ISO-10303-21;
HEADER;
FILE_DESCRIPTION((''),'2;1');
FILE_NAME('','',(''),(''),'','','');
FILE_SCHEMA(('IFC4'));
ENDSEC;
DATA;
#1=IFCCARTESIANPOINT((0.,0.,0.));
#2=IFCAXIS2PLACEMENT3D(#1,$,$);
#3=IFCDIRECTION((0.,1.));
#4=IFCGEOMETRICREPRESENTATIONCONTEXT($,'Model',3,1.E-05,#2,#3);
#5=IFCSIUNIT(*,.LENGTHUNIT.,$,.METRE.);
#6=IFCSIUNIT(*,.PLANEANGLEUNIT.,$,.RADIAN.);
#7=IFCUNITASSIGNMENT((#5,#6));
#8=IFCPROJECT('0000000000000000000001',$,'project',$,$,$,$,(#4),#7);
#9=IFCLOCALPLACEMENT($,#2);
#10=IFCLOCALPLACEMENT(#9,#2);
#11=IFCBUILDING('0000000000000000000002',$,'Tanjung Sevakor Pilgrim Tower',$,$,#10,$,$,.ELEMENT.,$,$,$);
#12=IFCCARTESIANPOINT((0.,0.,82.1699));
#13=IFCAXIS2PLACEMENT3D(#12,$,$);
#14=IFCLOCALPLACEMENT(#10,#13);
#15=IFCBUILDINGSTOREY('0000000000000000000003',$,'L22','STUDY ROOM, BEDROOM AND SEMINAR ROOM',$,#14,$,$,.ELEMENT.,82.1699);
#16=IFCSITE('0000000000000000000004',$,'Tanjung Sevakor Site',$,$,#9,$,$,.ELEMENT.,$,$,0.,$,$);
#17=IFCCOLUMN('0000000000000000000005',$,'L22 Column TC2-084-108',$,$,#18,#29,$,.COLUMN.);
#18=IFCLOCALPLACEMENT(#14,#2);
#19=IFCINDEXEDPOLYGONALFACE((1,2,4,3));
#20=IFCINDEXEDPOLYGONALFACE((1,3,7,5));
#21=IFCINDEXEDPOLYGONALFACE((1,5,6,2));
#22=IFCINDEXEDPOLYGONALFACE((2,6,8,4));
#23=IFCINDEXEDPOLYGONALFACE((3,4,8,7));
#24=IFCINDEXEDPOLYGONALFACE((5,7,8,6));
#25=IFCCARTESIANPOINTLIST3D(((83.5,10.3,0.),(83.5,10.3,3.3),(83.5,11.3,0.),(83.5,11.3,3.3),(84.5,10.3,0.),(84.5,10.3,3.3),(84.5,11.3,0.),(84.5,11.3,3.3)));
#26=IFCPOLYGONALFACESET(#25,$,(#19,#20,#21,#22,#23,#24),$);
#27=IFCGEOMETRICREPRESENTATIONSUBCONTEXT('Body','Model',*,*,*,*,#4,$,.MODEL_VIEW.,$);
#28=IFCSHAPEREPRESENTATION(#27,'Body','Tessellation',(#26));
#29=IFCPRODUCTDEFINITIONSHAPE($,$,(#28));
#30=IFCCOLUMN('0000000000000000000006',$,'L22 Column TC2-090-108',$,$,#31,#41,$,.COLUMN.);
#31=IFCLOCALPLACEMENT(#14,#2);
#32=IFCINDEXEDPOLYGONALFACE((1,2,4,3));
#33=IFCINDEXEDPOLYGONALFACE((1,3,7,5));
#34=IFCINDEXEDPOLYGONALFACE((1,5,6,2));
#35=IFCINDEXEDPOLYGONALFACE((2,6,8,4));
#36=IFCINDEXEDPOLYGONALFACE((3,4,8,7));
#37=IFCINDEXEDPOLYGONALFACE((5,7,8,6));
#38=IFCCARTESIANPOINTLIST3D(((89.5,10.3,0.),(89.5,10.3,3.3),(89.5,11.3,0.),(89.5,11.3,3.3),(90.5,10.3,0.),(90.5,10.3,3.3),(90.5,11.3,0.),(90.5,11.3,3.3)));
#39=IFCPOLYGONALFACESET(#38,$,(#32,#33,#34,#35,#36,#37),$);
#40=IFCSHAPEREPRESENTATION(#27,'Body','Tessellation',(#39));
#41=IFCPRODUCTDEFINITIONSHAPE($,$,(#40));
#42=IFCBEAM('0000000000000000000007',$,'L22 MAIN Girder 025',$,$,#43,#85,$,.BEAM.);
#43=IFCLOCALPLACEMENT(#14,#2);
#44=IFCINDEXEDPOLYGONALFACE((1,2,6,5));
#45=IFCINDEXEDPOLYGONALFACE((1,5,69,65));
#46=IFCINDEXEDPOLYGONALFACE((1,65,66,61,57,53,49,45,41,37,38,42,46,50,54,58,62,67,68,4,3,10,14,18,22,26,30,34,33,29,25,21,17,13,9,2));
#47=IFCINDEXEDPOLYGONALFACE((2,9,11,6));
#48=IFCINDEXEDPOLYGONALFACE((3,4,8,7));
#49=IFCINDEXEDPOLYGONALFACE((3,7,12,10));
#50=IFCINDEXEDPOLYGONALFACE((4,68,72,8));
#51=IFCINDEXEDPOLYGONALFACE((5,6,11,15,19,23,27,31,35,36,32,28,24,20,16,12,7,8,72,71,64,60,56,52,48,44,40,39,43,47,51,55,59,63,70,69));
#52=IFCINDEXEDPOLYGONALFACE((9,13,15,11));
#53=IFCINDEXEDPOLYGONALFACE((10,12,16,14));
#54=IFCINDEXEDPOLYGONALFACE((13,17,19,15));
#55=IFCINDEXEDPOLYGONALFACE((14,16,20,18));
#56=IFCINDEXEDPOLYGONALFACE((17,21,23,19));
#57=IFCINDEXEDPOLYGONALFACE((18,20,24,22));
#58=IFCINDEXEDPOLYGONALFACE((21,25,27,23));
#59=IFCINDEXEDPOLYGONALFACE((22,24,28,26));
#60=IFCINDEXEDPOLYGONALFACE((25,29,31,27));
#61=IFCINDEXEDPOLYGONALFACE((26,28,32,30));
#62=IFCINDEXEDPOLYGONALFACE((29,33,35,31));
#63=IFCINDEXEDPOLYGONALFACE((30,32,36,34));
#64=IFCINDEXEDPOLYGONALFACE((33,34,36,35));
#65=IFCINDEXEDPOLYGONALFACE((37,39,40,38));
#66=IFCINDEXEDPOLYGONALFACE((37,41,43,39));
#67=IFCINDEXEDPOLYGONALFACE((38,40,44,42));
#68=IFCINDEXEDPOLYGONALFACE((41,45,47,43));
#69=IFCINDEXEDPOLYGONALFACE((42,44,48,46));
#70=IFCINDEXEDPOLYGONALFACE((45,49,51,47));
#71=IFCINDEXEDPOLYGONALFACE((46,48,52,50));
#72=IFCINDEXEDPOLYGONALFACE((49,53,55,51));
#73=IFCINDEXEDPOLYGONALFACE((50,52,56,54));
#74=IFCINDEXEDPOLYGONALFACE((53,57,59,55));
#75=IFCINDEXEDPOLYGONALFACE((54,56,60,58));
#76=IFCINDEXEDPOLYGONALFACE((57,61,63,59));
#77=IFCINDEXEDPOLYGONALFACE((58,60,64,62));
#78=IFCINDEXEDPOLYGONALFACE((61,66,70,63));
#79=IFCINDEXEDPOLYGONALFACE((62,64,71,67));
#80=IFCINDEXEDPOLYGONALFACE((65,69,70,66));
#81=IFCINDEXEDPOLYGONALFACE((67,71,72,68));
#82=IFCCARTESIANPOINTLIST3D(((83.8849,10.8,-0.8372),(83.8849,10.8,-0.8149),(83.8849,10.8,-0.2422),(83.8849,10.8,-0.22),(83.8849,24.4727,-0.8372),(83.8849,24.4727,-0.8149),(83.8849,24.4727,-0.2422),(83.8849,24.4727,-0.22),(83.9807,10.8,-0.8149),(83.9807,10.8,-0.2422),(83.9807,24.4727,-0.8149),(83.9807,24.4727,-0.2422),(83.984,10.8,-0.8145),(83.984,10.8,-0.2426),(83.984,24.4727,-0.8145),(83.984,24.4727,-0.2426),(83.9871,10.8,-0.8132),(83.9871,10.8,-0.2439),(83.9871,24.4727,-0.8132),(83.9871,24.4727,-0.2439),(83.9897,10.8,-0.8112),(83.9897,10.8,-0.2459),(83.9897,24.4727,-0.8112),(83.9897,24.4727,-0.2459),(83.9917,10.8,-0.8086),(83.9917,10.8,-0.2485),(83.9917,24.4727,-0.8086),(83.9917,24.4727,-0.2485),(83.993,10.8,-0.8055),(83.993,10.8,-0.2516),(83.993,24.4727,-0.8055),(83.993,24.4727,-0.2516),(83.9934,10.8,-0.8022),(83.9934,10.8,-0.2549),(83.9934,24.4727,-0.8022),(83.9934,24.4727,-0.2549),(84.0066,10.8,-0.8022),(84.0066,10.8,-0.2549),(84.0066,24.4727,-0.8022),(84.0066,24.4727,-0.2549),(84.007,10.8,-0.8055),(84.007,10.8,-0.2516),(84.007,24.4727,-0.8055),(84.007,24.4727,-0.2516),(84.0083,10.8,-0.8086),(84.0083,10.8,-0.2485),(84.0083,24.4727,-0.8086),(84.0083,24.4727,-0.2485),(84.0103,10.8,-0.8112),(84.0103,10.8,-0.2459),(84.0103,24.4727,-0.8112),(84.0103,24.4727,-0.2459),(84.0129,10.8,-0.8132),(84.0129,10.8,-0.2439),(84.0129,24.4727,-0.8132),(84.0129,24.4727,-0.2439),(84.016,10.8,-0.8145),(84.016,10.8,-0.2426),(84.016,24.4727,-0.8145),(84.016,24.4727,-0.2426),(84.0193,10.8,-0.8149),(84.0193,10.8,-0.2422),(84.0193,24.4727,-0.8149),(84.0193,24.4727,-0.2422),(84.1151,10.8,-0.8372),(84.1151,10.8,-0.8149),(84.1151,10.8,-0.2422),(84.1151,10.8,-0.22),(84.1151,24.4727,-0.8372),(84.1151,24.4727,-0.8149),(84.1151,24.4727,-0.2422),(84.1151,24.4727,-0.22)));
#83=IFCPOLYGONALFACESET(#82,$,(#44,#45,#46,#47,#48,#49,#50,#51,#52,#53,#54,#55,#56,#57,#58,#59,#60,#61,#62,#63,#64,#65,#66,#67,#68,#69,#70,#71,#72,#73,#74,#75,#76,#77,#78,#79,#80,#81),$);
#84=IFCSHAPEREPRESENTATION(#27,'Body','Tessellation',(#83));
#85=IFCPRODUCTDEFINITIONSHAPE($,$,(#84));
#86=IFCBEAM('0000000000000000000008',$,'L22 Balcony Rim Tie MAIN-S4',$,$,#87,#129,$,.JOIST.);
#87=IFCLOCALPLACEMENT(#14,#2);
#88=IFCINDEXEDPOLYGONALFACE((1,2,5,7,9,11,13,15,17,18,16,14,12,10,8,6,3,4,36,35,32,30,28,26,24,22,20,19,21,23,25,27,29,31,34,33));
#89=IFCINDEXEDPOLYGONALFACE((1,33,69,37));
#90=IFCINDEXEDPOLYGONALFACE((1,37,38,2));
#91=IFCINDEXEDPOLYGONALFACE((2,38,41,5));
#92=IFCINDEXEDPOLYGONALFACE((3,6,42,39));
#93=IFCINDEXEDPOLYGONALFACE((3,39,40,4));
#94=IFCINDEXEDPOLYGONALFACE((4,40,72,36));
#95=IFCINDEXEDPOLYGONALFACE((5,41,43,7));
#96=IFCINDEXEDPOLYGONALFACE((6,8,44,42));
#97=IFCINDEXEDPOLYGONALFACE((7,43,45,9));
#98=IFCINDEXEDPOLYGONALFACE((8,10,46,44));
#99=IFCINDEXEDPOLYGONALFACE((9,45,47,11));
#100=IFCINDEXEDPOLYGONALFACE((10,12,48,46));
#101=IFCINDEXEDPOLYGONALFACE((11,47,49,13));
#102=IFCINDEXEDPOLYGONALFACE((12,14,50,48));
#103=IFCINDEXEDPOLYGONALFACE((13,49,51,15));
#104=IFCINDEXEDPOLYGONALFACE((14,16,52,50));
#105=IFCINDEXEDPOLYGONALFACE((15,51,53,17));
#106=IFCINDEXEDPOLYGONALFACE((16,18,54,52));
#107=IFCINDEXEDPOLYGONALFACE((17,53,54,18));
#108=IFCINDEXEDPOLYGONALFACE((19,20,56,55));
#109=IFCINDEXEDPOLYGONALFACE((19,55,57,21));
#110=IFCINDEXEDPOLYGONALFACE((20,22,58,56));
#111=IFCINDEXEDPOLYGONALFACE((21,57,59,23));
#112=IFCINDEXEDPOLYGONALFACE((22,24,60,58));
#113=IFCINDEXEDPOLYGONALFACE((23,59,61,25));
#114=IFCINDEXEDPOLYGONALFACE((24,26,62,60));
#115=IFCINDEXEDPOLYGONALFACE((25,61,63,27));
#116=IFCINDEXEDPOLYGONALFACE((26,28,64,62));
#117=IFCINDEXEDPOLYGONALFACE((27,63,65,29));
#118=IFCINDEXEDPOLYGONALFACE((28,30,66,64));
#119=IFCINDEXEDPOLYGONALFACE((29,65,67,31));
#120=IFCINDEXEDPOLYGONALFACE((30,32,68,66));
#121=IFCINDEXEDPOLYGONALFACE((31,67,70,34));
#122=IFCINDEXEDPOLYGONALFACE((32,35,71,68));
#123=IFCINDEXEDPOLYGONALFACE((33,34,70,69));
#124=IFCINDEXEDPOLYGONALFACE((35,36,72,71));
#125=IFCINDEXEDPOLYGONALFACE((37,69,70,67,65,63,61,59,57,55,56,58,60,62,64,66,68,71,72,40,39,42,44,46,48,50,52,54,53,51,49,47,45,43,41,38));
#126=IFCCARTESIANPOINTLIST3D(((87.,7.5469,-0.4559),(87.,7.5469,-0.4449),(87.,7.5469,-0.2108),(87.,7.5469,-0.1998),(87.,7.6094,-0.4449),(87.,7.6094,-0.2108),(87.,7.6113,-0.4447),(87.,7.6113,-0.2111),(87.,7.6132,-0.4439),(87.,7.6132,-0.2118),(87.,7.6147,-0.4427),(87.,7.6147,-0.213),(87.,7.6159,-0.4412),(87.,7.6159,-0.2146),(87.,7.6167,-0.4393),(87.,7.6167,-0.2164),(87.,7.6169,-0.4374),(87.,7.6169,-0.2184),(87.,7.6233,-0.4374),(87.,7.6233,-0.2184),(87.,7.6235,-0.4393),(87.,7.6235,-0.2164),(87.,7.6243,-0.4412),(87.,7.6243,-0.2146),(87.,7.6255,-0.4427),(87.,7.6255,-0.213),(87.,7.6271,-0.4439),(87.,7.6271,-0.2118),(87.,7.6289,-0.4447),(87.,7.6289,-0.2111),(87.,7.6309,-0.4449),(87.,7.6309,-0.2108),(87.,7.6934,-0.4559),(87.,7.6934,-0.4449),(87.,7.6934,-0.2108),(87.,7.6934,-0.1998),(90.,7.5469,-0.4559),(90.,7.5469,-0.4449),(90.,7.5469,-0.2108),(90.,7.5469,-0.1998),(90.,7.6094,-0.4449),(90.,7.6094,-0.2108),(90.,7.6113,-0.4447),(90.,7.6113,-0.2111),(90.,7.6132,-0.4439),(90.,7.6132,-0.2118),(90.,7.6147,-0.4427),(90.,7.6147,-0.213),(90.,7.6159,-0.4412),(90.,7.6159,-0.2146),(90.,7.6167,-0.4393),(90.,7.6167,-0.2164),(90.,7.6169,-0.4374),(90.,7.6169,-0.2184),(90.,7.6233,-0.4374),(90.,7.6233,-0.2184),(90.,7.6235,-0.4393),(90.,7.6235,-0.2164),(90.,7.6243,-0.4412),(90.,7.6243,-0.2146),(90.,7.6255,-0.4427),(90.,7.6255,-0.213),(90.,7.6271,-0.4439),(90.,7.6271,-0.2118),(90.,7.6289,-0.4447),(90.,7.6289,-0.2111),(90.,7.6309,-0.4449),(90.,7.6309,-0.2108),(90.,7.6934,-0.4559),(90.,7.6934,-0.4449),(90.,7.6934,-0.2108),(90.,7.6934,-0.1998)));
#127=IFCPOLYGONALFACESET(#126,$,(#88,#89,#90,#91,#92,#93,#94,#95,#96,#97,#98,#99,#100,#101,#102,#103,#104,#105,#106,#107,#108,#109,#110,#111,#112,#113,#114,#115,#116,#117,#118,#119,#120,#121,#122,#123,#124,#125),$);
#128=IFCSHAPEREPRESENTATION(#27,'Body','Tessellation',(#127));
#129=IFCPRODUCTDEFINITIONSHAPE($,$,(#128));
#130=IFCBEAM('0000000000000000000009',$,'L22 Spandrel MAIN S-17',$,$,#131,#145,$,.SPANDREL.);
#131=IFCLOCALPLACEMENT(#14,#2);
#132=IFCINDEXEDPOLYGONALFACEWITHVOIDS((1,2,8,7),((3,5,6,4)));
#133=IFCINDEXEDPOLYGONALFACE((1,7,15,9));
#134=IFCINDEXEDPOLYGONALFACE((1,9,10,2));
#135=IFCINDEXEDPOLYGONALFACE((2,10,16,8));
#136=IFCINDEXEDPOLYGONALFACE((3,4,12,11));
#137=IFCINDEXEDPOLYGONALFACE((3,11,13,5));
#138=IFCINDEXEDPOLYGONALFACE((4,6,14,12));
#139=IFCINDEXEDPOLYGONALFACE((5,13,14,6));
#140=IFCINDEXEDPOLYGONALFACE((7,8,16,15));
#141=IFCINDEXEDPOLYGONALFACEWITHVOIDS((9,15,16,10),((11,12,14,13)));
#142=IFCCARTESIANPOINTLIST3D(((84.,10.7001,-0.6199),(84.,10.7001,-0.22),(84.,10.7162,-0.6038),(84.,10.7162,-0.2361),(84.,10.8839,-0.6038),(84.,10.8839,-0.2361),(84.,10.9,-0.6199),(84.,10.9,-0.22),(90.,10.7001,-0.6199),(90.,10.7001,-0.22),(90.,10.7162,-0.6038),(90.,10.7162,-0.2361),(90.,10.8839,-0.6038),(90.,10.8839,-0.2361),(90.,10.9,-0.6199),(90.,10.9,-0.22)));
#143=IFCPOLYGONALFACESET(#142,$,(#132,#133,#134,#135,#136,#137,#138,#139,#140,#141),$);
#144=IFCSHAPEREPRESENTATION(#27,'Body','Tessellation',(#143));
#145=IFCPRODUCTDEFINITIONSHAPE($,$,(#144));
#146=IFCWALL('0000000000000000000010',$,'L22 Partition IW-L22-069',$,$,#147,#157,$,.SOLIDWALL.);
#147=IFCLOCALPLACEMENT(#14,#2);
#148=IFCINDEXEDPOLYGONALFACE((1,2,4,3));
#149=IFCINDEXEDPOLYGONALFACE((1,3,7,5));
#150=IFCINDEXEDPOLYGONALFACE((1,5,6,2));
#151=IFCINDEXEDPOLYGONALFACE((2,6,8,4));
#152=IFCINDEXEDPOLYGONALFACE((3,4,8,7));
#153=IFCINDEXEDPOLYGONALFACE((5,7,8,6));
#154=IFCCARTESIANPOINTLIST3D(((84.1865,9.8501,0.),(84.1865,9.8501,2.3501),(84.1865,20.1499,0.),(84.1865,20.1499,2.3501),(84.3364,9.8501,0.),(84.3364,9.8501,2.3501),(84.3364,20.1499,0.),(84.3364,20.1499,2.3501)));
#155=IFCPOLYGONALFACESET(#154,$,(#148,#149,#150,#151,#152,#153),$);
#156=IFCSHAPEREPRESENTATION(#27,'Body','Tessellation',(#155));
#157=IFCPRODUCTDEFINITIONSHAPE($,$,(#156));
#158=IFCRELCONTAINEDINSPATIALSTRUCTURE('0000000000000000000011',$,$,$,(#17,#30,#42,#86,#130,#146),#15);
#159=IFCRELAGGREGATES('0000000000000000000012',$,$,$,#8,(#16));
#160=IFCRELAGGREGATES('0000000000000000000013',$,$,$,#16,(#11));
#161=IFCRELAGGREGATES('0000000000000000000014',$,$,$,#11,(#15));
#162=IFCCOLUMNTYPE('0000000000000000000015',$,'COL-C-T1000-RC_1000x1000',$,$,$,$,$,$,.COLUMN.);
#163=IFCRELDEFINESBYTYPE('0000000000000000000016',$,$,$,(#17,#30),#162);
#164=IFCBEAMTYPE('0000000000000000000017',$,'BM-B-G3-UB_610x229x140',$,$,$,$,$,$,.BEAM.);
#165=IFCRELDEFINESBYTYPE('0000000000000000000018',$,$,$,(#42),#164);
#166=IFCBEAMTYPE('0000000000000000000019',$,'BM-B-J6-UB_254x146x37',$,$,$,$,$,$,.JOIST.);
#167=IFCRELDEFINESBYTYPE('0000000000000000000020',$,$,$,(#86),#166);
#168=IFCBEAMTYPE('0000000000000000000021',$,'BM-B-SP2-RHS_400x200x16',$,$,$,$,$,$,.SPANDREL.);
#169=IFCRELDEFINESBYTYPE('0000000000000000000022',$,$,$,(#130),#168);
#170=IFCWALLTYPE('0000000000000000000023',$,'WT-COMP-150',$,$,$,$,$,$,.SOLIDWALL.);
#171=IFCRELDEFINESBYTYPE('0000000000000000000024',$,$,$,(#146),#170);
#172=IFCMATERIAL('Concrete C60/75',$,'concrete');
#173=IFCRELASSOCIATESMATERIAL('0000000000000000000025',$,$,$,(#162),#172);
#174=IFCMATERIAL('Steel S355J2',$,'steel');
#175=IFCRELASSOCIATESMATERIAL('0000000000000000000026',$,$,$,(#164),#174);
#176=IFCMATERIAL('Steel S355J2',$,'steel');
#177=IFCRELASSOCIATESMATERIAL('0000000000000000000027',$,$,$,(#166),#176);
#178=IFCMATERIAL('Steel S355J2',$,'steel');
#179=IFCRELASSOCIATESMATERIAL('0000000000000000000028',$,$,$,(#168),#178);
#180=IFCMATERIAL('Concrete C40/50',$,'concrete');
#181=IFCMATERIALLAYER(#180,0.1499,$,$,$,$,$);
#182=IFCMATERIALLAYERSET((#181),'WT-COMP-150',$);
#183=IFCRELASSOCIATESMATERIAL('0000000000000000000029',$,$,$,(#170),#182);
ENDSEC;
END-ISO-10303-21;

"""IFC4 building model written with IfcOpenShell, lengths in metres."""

from ifc_helpers import new_model, si_unit, direction, frame, frame_2d, origin, origin_2d, place, context, subcontext, project, spatial, rectangle, hollow_rectangle, i_section, extrude, material, layer, layer_set, material_profile, profile_set, type_object, element, save


model = new_model("IFC4")

# Units and contexts
model_context = context("Model", 3, precision=1e-05, world=origin(), true_north=direction((0.0, 1.0)))
body_context = subcontext(model_context, "Body", "Model", "MODEL_VIEW")
ifc_project = project(units=[si_unit("LENGTHUNIT", "METRE"), si_unit("PLANEANGLEUNIT", "RADIAN")], contexts=[model_context])

# Site, building, storey
site_placement = place(None, origin())
site = spatial("IfcSite", under=ifc_project, at=site_placement, Name="Tanjung Sevakor Site", CompositionType="ELEMENT", RefElevation=0.0)
building_placement = place(site_placement, origin())
building = spatial("IfcBuilding", under=site, at=building_placement, Name="Tanjung Sevakor Pilgrim Tower", CompositionType="ELEMENT")
storey_placement = place(building_placement, frame((0.0, 0.0, 82.1699)))
storey = spatial("IfcBuildingStorey", under=building, at=storey_placement, Name="L22", Description="STUDY ROOM, BEDROOM AND SEMINAR ROOM", CompositionType="ELEMENT", Elevation=82.1699)

# Columns
ifc_material_1 = material(Name="Concrete C60/75", Category="concrete")
ifc_material_profile_1 = material_profile(ifc_material_1, rectangle(XDim=1.0, YDim=1.0, at=origin_2d()))
ifc_profile_set_1 = profile_set([ifc_material_profile_1], Name="Concrete C60/75")
column_type = type_object("IfcColumnType", Name="COL-C-T1000-RC_1000x1000", PredefinedType="COLUMN", material=ifc_profile_set_1)
for number, where, z_axis, x_axis, name in (
    (1, (84.0, 10.8, 0.0), (0.0, 0.0, 1.0), (1.0, 0.0, 0.0), "L22 Column TC2-084-108"),
    (2, (90.0, 10.8, 0.0), (0.0, 0.0, 1.0), (1.0, 0.0, 0.0), "L22 Column TC2-090-108"),
):
    element("IfcColumn", number, at=place(storey_placement, frame(where, z_axis=z_axis, x_axis=x_axis)), inside=storey, type_object=column_type, Name=name, PredefinedType="COLUMN", context=body_context, shape_type="SweptSolid", body=[
        extrude(rectangle(XDim=1.0, YDim=1.0, at=origin_2d()), origin(), (0.0, 0.0, 1.0), 3.3),
    ])

# Beams
ifc_material_2 = material(Name="Steel S355J2", Category="steel")
ifc_material_profile_2 = material_profile(ifc_material_2, i_section(OverallWidth=0.2302, OverallDepth=0.6172, WebThickness=0.0132, FlangeThickness=0.0222, FilletRadius=0.0127, at=origin_2d()))
ifc_profile_set_2 = profile_set([ifc_material_profile_2], Name="Steel S355J2")
beam_type_1 = type_object("IfcBeamType", Name="BM-B-G3-UB_610x229x140", PredefinedType="BEAM", material=ifc_profile_set_2)
beam_1_placement = place(storey_placement, frame((84.0, 10.8, -0.5286), z_axis=(0.0, 1.0, 0.0), x_axis=(-1.0, 0.0, 0.0)))
element("IfcBeam", 3, at=beam_1_placement, inside=storey, type_object=beam_type_1, Name="L22 MAIN Girder 025", PredefinedType="BEAM", context=body_context, shape_type="SweptSolid", body=[
    extrude(i_section(OverallWidth=0.2302, OverallDepth=0.6172, WebThickness=0.0132, FlangeThickness=0.0222, FilletRadius=0.0127, at=origin_2d()), origin(), (0.0, 0.0, 1.0), 13.6726),
])
ifc_material_3 = material(Name="Steel S355J2", Category="steel")
ifc_material_profile_3 = material_profile(ifc_material_3, i_section(OverallWidth=0.1465, OverallDepth=0.2561, WebThickness=0.0063, FlangeThickness=0.011, FilletRadius=0.0076, at=origin_2d()))
ifc_profile_set_3 = profile_set([ifc_material_profile_3], Name="Steel S355J2")
beam_type_2 = type_object("IfcBeamType", Name="BM-B-J6-UB_254x146x37", PredefinedType="JOIST", material=ifc_profile_set_3)
beam_2_placement = place(storey_placement, frame((87.0, 7.6201, -0.3279), z_axis=(1.0, 0.0, 0.0), x_axis=(0.0, 1.0, 0.0)))
element("IfcBeam", 4, at=beam_2_placement, inside=storey, type_object=beam_type_2, Name="L22 Balcony Rim Tie MAIN-S4", PredefinedType="JOIST", context=body_context, shape_type="SweptSolid", body=[
    extrude(i_section(OverallWidth=0.1465, OverallDepth=0.2561, WebThickness=0.0063, FlangeThickness=0.011, FilletRadius=0.0076, at=origin_2d()), origin(), (0.0, 0.0, 1.0), 3.0),
])
ifc_material_4 = material(Name="Steel S355J2", Category="steel")
ifc_material_profile_4 = material_profile(ifc_material_4, hollow_rectangle(XDim=0.2, YDim=0.3999, WallThickness=0.0161, at=origin_2d()))
ifc_profile_set_4 = profile_set([ifc_material_profile_4], Name="Steel S355J2")
beam_type_3 = type_object("IfcBeamType", Name="BM-B-SP2-RHS_400x200x16", PredefinedType="SPANDREL", material=ifc_profile_set_4)
beam_3_placement = place(storey_placement, frame((84.0, 10.8, -0.4199), z_axis=(1.0, 0.0, 0.0), x_axis=(0.0, 1.0, 0.0)))
element("IfcBeam", 5, at=beam_3_placement, inside=storey, type_object=beam_type_3, Name="L22 Spandrel MAIN S-17", PredefinedType="SPANDREL", context=body_context, shape_type="SweptSolid", body=[
    extrude(hollow_rectangle(XDim=0.2, YDim=0.3999, WallThickness=0.0161, at=origin_2d()), origin(), (0.0, 0.0, 1.0), 6.0),
])

# Wall
ifc_material_5 = material(Name="Concrete C40/50", Category="concrete")
ifc_layer_1 = layer(ifc_material_5, 0.1499)
ifc_layer_set_1 = layer_set([ifc_layer_1], Name="WT-COMP-150")
wall_type_1 = type_object("IfcWallType", Name="WT-COMP-150", PredefinedType="SOLIDWALL", material=ifc_layer_set_1)
wall_1_placement = place(storey_placement, frame((84.2615, 9.8501, 0.0), z_axis=(0.0, 0.0, 1.0), x_axis=(0.0, 1.0, 0.0)))
element("IfcWall", 6, at=wall_1_placement, inside=storey, type_object=wall_type_1, Name="L22 Partition IW-L22-069", PredefinedType="SOLIDWALL", context=body_context, shape_type="SweptSolid", body=[
    extrude(rectangle(XDim=10.2998, YDim=0.1499, at=frame_2d((5.1499, 0.0))), origin(), (0.0, 0.0, 1.0), 2.3501),
])

save(model, "model.ifc")
